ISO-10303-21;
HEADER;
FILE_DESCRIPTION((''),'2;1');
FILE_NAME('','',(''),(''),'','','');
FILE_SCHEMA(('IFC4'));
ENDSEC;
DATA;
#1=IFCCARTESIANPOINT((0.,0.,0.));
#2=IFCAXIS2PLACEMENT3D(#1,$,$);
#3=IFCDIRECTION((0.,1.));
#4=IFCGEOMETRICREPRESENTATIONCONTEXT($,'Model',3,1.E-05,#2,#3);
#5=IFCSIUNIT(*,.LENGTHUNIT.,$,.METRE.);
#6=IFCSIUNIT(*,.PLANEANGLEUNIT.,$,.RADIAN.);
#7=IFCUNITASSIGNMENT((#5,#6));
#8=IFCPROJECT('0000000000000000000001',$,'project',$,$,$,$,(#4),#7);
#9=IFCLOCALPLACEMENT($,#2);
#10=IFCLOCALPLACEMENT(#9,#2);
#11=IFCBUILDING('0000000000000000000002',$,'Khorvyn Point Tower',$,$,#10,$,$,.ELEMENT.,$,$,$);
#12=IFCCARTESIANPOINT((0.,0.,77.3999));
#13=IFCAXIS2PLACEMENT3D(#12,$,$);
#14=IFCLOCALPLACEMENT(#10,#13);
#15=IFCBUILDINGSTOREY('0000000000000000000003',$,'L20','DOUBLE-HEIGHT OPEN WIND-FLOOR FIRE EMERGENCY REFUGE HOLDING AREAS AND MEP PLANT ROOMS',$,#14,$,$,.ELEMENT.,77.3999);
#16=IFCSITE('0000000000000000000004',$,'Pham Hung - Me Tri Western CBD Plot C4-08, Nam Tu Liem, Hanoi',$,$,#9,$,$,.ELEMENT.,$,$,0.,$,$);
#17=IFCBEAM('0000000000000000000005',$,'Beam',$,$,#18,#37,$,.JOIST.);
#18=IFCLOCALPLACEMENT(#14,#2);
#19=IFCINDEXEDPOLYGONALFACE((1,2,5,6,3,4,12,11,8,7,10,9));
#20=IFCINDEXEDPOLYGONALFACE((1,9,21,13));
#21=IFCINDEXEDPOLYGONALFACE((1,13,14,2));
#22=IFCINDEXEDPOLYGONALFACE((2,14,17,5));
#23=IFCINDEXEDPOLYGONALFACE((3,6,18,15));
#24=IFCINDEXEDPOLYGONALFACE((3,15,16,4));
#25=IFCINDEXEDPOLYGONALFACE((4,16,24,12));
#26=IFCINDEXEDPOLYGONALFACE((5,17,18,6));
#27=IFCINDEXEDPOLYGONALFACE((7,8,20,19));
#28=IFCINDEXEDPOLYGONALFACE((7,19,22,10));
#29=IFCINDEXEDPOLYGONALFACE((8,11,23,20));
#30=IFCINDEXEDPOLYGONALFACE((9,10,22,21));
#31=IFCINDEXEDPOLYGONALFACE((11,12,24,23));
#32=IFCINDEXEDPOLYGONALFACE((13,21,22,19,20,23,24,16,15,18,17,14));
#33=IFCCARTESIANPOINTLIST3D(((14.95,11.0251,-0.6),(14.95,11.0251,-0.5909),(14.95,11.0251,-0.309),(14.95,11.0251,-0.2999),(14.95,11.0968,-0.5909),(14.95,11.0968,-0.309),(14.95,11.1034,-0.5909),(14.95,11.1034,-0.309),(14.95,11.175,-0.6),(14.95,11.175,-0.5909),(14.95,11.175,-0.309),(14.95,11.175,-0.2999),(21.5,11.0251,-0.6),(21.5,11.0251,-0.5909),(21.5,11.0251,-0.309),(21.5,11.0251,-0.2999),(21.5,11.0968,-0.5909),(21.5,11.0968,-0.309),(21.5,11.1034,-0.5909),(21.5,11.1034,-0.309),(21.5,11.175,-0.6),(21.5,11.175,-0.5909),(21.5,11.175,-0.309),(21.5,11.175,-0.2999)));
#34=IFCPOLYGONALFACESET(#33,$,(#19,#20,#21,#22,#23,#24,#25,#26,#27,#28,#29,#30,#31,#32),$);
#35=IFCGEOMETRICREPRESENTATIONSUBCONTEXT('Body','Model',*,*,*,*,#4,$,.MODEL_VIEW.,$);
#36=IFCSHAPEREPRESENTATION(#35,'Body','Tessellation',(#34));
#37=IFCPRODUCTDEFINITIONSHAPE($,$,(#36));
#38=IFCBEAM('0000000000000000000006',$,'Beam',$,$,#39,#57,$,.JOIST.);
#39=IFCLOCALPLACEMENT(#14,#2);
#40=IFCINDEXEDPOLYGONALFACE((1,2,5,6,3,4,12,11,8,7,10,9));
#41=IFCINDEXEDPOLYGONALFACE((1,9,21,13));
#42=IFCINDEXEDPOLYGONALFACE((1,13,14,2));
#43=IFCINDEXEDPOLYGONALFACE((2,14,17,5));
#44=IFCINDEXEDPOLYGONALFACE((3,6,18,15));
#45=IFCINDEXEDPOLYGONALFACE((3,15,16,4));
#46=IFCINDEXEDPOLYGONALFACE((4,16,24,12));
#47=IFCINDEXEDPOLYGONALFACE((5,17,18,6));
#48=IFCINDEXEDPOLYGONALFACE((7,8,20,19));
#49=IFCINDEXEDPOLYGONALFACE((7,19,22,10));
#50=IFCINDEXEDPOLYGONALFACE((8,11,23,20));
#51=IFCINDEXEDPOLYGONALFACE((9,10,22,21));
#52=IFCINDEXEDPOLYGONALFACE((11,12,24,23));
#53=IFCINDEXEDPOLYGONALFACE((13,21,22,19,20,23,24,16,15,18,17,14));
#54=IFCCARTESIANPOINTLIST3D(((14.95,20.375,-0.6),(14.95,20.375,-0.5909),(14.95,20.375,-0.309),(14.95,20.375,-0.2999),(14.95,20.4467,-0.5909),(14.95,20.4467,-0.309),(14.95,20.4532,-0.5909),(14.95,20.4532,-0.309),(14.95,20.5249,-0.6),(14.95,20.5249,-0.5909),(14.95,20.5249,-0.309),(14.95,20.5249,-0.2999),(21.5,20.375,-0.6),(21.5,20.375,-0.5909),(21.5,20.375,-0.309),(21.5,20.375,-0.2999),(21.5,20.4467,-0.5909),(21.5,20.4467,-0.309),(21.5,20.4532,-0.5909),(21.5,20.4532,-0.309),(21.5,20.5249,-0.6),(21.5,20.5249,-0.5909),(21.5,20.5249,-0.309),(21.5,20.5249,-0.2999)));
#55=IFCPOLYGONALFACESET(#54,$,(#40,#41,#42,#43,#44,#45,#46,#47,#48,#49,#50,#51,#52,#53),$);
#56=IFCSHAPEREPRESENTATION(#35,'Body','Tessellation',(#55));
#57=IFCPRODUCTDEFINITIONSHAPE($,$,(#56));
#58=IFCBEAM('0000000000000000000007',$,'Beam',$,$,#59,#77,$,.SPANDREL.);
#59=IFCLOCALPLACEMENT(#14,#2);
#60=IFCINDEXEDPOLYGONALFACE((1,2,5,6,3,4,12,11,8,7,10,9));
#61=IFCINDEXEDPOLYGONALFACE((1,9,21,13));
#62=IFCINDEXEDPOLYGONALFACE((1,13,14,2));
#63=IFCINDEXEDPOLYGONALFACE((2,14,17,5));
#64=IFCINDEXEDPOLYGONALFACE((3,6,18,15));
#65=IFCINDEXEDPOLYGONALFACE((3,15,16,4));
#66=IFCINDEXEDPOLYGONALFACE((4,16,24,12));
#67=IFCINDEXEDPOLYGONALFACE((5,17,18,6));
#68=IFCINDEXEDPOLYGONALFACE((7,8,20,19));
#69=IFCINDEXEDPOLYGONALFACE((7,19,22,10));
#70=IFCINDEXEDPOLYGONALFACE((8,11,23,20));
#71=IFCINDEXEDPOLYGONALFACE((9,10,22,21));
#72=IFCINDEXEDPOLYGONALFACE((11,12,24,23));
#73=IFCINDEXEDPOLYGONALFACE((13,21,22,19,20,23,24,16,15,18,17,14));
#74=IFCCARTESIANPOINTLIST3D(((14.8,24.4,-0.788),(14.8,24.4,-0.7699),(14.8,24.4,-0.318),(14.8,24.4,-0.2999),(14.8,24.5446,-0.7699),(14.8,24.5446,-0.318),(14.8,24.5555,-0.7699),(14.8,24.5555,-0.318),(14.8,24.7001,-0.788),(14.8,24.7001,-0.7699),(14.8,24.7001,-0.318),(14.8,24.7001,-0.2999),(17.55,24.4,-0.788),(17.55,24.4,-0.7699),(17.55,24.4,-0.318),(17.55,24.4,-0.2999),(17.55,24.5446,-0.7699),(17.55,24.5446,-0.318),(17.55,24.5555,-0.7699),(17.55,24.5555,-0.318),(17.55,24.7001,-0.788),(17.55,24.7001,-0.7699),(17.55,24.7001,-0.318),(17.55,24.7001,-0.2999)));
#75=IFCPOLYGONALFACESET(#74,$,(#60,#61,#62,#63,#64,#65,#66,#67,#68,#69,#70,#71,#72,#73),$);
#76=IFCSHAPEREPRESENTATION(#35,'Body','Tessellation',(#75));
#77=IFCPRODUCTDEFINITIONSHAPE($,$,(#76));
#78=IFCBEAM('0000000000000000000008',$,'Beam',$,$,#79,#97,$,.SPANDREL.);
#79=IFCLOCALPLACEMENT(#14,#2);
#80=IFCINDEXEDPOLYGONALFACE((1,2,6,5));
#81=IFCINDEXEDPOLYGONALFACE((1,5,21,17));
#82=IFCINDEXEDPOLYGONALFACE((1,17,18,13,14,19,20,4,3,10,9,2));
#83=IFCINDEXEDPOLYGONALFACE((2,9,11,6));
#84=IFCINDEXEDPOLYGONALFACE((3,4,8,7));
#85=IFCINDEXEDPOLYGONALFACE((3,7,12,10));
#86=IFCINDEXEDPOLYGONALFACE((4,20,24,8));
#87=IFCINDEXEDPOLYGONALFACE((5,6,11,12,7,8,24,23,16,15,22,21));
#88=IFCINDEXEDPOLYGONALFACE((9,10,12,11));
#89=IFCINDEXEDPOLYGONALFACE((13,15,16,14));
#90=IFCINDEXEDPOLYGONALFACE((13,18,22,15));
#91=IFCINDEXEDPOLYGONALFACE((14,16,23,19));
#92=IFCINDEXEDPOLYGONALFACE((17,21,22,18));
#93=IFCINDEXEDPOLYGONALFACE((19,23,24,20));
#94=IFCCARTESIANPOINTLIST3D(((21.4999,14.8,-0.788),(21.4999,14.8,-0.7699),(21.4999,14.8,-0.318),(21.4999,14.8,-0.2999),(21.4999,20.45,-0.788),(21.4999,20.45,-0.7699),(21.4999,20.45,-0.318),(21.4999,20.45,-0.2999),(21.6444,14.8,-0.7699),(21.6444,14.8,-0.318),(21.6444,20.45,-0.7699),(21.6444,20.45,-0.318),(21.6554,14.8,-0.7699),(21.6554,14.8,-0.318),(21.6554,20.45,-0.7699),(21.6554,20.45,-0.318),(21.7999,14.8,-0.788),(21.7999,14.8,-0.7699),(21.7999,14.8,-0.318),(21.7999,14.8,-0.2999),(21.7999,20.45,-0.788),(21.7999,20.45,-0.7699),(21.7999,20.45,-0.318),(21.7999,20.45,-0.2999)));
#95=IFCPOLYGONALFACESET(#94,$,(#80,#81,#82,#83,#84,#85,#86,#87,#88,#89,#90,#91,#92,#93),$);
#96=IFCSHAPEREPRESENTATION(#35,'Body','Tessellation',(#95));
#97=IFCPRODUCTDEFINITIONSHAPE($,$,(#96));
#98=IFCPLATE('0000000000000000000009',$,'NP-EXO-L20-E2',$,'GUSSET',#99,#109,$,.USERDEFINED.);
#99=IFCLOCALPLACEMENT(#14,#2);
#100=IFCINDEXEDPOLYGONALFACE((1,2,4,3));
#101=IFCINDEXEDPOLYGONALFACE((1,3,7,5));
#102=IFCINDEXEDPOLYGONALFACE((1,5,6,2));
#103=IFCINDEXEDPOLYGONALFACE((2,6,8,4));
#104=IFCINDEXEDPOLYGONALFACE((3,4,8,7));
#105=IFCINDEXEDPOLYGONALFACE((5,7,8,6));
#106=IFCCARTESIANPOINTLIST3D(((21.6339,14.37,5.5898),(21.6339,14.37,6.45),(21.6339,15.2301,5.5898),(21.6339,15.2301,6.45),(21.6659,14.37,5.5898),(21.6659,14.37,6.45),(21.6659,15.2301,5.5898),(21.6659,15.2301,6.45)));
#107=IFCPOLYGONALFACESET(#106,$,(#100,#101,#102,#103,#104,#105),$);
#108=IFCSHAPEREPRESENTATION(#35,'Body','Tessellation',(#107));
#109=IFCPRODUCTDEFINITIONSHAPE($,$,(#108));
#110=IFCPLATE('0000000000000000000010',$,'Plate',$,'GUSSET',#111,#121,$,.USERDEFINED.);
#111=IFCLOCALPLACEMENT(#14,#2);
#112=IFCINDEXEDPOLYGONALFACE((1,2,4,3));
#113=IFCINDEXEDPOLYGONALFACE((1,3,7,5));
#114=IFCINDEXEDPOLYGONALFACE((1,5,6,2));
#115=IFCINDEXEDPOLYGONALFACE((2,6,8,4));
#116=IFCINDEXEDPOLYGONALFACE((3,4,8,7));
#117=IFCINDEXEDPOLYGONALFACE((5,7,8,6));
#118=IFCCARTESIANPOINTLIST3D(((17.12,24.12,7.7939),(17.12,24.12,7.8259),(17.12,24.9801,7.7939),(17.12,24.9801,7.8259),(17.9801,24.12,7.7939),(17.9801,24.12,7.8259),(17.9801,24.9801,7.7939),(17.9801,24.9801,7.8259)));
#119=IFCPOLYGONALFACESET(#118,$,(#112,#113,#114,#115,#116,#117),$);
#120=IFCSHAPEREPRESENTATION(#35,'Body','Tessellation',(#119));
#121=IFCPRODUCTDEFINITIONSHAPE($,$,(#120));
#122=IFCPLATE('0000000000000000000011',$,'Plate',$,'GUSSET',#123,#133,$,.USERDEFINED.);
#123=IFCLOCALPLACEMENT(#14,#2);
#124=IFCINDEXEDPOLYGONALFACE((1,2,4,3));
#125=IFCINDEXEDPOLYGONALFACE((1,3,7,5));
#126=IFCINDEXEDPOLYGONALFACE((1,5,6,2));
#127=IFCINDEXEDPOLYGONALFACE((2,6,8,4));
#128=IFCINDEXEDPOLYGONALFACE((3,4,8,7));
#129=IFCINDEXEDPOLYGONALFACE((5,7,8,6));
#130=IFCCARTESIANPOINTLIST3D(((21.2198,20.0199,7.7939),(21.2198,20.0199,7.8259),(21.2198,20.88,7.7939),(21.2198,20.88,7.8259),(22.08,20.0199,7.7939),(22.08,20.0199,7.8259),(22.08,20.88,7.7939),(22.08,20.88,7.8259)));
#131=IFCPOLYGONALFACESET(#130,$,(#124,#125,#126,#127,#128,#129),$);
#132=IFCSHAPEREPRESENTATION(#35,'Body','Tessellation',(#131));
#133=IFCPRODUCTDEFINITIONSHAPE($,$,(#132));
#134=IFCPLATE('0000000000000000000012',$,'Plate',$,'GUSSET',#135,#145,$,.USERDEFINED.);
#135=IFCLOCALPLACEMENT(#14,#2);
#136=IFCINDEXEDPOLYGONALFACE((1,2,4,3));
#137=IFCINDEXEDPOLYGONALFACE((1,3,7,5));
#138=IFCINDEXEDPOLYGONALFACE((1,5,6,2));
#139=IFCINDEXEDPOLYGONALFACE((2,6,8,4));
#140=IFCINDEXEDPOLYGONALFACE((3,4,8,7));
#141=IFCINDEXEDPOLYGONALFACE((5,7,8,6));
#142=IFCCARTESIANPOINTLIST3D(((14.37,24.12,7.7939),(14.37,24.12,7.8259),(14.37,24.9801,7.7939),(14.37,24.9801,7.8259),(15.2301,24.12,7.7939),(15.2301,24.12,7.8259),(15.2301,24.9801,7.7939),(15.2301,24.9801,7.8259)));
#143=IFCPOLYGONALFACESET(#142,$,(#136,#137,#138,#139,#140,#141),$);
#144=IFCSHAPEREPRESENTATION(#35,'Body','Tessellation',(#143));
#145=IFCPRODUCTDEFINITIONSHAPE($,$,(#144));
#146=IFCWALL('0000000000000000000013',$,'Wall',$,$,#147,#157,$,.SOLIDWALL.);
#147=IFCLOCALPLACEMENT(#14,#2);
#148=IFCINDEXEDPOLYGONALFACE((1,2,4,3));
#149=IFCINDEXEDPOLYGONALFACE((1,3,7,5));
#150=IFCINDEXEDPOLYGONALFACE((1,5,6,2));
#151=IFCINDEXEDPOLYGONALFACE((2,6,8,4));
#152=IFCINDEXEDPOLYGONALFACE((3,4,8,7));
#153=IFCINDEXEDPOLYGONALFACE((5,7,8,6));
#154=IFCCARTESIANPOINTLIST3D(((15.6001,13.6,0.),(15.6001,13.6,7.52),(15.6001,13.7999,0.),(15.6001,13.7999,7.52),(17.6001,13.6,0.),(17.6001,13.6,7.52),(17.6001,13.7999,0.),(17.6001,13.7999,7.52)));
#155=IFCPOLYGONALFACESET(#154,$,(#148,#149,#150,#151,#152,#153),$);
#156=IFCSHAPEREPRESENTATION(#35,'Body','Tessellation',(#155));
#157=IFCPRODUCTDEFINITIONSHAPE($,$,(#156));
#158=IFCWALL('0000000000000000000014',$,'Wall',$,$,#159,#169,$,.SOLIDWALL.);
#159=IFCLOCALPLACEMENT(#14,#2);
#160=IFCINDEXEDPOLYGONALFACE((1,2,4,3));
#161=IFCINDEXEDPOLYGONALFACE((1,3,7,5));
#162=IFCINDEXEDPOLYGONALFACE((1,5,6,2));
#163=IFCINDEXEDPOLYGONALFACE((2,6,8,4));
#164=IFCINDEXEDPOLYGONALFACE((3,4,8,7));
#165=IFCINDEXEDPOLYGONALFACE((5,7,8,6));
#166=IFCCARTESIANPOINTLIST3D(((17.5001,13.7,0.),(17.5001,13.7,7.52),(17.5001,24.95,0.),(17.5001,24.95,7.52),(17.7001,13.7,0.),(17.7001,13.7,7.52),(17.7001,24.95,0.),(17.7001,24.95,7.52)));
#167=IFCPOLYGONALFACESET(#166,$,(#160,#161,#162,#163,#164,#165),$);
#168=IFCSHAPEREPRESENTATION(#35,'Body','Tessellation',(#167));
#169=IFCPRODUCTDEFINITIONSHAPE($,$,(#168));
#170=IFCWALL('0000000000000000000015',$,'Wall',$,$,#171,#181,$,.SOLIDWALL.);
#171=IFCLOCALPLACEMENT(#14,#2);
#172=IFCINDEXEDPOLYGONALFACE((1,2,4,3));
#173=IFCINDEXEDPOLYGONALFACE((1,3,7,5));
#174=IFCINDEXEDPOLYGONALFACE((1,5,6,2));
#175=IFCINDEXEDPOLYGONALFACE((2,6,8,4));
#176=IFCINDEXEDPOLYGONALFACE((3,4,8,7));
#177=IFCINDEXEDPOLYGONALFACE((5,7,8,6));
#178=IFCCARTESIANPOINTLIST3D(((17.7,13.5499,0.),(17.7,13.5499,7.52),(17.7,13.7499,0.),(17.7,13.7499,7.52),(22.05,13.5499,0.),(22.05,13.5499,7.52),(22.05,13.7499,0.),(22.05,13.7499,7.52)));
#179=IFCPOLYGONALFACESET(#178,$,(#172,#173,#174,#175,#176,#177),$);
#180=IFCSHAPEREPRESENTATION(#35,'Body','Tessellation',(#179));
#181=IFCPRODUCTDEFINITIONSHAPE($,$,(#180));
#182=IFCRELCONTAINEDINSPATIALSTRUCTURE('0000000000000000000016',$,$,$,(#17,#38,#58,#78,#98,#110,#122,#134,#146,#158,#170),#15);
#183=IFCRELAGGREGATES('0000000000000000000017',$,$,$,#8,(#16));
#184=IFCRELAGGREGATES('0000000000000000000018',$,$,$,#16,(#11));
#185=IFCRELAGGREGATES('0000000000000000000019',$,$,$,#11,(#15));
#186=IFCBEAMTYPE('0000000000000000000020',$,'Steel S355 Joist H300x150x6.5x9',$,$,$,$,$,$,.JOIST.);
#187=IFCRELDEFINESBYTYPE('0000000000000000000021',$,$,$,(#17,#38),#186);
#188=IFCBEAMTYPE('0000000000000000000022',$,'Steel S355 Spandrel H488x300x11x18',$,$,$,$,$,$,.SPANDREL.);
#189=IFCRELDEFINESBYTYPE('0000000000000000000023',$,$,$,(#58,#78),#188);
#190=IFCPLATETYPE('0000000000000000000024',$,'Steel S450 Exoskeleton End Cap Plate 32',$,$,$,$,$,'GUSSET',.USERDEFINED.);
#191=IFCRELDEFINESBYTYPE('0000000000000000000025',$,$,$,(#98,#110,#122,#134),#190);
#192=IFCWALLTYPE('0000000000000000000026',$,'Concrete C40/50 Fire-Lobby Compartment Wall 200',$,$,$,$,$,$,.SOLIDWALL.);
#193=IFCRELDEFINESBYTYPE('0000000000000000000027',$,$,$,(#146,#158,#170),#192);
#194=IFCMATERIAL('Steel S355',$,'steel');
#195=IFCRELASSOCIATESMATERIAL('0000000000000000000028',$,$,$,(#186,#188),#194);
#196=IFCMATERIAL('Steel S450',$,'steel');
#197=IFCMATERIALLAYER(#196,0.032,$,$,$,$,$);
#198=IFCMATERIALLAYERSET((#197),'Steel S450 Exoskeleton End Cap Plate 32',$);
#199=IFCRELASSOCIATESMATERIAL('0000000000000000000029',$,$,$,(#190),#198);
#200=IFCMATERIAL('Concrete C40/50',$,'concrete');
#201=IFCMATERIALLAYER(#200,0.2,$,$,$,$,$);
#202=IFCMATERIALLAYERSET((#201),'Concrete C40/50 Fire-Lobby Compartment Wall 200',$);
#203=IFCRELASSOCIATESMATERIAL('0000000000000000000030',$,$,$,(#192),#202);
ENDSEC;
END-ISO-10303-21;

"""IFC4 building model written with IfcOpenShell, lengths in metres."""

from ifc_helpers import new_model, si_unit, direction, frame, frame_2d, origin, origin_2d, place, context, subcontext, project, spatial, rectangle, i_section, extrude, material, layer, layer_set, material_profile, profile_set, type_object, element, save


model = new_model("IFC4")

# Units and contexts
model_context = context("Model", 3, precision=1e-05, world=origin(), true_north=direction((0.0, 1.0)))
body_context = subcontext(model_context, "Body", "Model", "MODEL_VIEW")
ifc_project = project(units=[si_unit("LENGTHUNIT", "METRE"), si_unit("PLANEANGLEUNIT", "RADIAN")], contexts=[model_context])

# Site, building, storey
site_placement = place(None, origin())
site = spatial("IfcSite", under=ifc_project, at=site_placement, Name="Pham Hung - Me Tri Western CBD Plot C4-08, Nam Tu Liem, Hanoi", CompositionType="ELEMENT", RefElevation=0.0)
building_placement = place(site_placement, origin())
building = spatial("IfcBuilding", under=site, at=building_placement, Name="Khorvyn Point Tower", CompositionType="ELEMENT")
storey_placement = place(building_placement, frame((0.0, 0.0, 77.3999)))
storey = spatial("IfcBuildingStorey", under=building, at=storey_placement, Name="L20", Description="DOUBLE-HEIGHT OPEN WIND-FLOOR FIRE EMERGENCY REFUGE HOLDING AREAS AND MEP PLANT ROOMS", CompositionType="ELEMENT", Elevation=77.3999)

# Shared definitions
ifc_material_1 = material(Name="Steel S450", Category="steel")

# Beams
ifc_material_2 = material(Name="Steel S355", Category="steel")
ifc_material_profile_1 = material_profile(ifc_material_2, i_section(OverallWidth=0.1499, OverallDepth=0.3, WebThickness=0.0066, FlangeThickness=0.009, at=origin_2d()))
ifc_profile_set_1 = profile_set([ifc_material_profile_1], Name="Steel S355 H300x150x6.5x9")
beam_type_1 = type_object("IfcBeamType", Name="Steel S355 Joist H300x150x6.5x9", PredefinedType="JOIST", material=ifc_profile_set_1)
for number, where, z_axis, x_axis, name in (
    (1, (14.95, 11.1001, -0.45), (1.0, 0.0, 0.0), (0.0, 1.0, 0.0), "Beam"),
    (2, (14.95, 20.45, -0.45), (1.0, 0.0, 0.0), (0.0, 1.0, 0.0), "Beam"),
):
    element("IfcBeam", number, at=place(storey_placement, frame(where, z_axis=z_axis, x_axis=x_axis)), inside=storey, type_object=beam_type_1, Name=name, PredefinedType="JOIST", context=body_context, shape_type="SweptSolid", body=[
        extrude(i_section(OverallWidth=0.1499, OverallDepth=0.3, WebThickness=0.0066, FlangeThickness=0.009, at=origin_2d()), origin(), (0.0, 0.0, 1.0), 6.55),
    ])
ifc_material_profile_2 = material_profile(ifc_material_2, i_section(OverallWidth=0.3, OverallDepth=0.488, WebThickness=0.011, FlangeThickness=0.0181, at=origin_2d()))
ifc_profile_set_2 = profile_set([ifc_material_profile_2], Name="Steel S355 H488x300x11x18")
beam_type_2 = type_object("IfcBeamType", Name="Steel S355 Spandrel H488x300x11x18", PredefinedType="SPANDREL", material=ifc_profile_set_2)
beam_1_placement = place(storey_placement, frame((14.8, 24.55, -0.5439), z_axis=(1.0, 0.0, 0.0), x_axis=(0.0, 1.0, 0.0)))
element("IfcBeam", 3, at=beam_1_placement, inside=storey, type_object=beam_type_2, Name="Beam", PredefinedType="SPANDREL", context=body_context, shape_type="SweptSolid", body=[
    extrude(i_section(OverallWidth=0.3, OverallDepth=0.488, WebThickness=0.011, FlangeThickness=0.0181, at=origin_2d()), origin(), (0.0, 0.0, 1.0), 2.75),
])
beam_2_placement = place(storey_placement, frame((21.6499, 14.8, -0.5439), z_axis=(0.0, 1.0, 0.0), x_axis=(-1.0, 0.0, 0.0)))
element("IfcBeam", 4, at=beam_2_placement, inside=storey, type_object=beam_type_2, Name="Beam", PredefinedType="SPANDREL", context=body_context, shape_type="SweptSolid", body=[
    extrude(i_section(OverallWidth=0.3, OverallDepth=0.488, WebThickness=0.011, FlangeThickness=0.0181, at=origin_2d()), origin(), (0.0, 0.0, 1.0), 5.6499),
])

# Plates
ifc_layer_1 = layer(ifc_material_1, 0.032)
ifc_layer_set_1 = layer_set([ifc_layer_1], Name="Steel S450 Exoskeleton End Cap Plate 32")
plate_type = type_object("IfcPlateType", Name="Steel S450 Exoskeleton End Cap Plate 32", ElementType="GUSSET", PredefinedType="USERDEFINED", material=ifc_layer_set_1)
plate_placement = place(storey_placement, frame((21.6499, 14.8, 5.5898), z_axis=(0.0, 0.0, 1.0), x_axis=(1.0, 0.0, 0.0)))
element("IfcPlate", 5, at=plate_placement, inside=storey, type_object=plate_type, Name="NP-EXO-L20-E2", ObjectType="GUSSET", PredefinedType="USERDEFINED", context=body_context, shape_type="SweptSolid", body=[
    extrude(rectangle(XDim=0.032, YDim=0.8601, at=origin_2d()), origin(), (0.0, 0.0, 1.0), 0.8601),
])
for number, where, z_axis, x_axis, name in (
    (6, (17.55, 24.55, 7.7939), (0.0, 0.0, 1.0), (1.0, 0.0, 0.0), "Plate"),
    (7, (21.6499, 20.45, 7.7939), (0.0, 0.0, 1.0), (1.0, 0.0, 0.0), "Plate"),
    (8, (14.8, 24.55, 7.7939), (0.0, 0.0, 1.0), (1.0, 0.0, 0.0), "Plate"),
):
    element("IfcPlate", number, at=place(storey_placement, frame(where, z_axis=z_axis, x_axis=x_axis)), inside=storey, type_object=plate_type, Name=name, ObjectType="GUSSET", PredefinedType="USERDEFINED", context=body_context, shape_type="SweptSolid", body=[
        extrude(rectangle(XDim=0.8601, YDim=0.8601, at=origin_2d()), origin(), (0.0, 0.0, 1.0), 0.032),
    ])

# Walls
ifc_material_3 = material(Name="Concrete C40/50", Category="concrete")
ifc_layer_2 = layer(ifc_material_3, 0.2)
ifc_layer_set_2 = layer_set([ifc_layer_2], Name="Concrete C40/50 Fire-Lobby Compartment Wall 200")
wall_type = type_object("IfcWallType", Name="Concrete C40/50 Fire-Lobby Compartment Wall 200", PredefinedType="SOLIDWALL", material=ifc_layer_set_2)
wall_1_placement = place(storey_placement, frame((15.6001, 13.7, 0.0), z_axis=(0.0, 0.0, 1.0), x_axis=(1.0, 0.0, 0.0)))
element("IfcWall", 9, at=wall_1_placement, inside=storey, type_object=wall_type, Name="Wall", PredefinedType="SOLIDWALL", context=body_context, shape_type="SweptSolid", body=[
    extrude(rectangle(XDim=2.0, YDim=0.2, at=frame_2d((1.0, 0.0))), origin(), (0.0, 0.0, 1.0), 7.52),
])
wall_2_placement = place(storey_placement, frame((17.6001, 13.7, 0.0), z_axis=(0.0, 0.0, 1.0), x_axis=(0.0, 1.0, 0.0)))
element("IfcWall", 10, at=wall_2_placement, inside=storey, type_object=wall_type, Name="Wall", PredefinedType="SOLIDWALL", context=body_context, shape_type="SweptSolid", body=[
    extrude(rectangle(XDim=11.25, YDim=0.2, at=frame_2d((5.625, 0.0))), origin(), (0.0, 0.0, 1.0), 7.52),
])
wall_3_placement = place(storey_placement, frame((17.7, 13.6499, 0.0), z_axis=(0.0, 0.0, 1.0), x_axis=(1.0, 0.0, 0.0)))
element("IfcWall", 11, at=wall_3_placement, inside=storey, type_object=wall_type, Name="Wall", PredefinedType="SOLIDWALL", context=body_context, shape_type="SweptSolid", body=[
    extrude(rectangle(XDim=4.3501, YDim=0.2, at=frame_2d((2.175, 0.0))), origin(), (0.0, 0.0, 1.0), 7.52),
])

save(model, "model.ifc")
